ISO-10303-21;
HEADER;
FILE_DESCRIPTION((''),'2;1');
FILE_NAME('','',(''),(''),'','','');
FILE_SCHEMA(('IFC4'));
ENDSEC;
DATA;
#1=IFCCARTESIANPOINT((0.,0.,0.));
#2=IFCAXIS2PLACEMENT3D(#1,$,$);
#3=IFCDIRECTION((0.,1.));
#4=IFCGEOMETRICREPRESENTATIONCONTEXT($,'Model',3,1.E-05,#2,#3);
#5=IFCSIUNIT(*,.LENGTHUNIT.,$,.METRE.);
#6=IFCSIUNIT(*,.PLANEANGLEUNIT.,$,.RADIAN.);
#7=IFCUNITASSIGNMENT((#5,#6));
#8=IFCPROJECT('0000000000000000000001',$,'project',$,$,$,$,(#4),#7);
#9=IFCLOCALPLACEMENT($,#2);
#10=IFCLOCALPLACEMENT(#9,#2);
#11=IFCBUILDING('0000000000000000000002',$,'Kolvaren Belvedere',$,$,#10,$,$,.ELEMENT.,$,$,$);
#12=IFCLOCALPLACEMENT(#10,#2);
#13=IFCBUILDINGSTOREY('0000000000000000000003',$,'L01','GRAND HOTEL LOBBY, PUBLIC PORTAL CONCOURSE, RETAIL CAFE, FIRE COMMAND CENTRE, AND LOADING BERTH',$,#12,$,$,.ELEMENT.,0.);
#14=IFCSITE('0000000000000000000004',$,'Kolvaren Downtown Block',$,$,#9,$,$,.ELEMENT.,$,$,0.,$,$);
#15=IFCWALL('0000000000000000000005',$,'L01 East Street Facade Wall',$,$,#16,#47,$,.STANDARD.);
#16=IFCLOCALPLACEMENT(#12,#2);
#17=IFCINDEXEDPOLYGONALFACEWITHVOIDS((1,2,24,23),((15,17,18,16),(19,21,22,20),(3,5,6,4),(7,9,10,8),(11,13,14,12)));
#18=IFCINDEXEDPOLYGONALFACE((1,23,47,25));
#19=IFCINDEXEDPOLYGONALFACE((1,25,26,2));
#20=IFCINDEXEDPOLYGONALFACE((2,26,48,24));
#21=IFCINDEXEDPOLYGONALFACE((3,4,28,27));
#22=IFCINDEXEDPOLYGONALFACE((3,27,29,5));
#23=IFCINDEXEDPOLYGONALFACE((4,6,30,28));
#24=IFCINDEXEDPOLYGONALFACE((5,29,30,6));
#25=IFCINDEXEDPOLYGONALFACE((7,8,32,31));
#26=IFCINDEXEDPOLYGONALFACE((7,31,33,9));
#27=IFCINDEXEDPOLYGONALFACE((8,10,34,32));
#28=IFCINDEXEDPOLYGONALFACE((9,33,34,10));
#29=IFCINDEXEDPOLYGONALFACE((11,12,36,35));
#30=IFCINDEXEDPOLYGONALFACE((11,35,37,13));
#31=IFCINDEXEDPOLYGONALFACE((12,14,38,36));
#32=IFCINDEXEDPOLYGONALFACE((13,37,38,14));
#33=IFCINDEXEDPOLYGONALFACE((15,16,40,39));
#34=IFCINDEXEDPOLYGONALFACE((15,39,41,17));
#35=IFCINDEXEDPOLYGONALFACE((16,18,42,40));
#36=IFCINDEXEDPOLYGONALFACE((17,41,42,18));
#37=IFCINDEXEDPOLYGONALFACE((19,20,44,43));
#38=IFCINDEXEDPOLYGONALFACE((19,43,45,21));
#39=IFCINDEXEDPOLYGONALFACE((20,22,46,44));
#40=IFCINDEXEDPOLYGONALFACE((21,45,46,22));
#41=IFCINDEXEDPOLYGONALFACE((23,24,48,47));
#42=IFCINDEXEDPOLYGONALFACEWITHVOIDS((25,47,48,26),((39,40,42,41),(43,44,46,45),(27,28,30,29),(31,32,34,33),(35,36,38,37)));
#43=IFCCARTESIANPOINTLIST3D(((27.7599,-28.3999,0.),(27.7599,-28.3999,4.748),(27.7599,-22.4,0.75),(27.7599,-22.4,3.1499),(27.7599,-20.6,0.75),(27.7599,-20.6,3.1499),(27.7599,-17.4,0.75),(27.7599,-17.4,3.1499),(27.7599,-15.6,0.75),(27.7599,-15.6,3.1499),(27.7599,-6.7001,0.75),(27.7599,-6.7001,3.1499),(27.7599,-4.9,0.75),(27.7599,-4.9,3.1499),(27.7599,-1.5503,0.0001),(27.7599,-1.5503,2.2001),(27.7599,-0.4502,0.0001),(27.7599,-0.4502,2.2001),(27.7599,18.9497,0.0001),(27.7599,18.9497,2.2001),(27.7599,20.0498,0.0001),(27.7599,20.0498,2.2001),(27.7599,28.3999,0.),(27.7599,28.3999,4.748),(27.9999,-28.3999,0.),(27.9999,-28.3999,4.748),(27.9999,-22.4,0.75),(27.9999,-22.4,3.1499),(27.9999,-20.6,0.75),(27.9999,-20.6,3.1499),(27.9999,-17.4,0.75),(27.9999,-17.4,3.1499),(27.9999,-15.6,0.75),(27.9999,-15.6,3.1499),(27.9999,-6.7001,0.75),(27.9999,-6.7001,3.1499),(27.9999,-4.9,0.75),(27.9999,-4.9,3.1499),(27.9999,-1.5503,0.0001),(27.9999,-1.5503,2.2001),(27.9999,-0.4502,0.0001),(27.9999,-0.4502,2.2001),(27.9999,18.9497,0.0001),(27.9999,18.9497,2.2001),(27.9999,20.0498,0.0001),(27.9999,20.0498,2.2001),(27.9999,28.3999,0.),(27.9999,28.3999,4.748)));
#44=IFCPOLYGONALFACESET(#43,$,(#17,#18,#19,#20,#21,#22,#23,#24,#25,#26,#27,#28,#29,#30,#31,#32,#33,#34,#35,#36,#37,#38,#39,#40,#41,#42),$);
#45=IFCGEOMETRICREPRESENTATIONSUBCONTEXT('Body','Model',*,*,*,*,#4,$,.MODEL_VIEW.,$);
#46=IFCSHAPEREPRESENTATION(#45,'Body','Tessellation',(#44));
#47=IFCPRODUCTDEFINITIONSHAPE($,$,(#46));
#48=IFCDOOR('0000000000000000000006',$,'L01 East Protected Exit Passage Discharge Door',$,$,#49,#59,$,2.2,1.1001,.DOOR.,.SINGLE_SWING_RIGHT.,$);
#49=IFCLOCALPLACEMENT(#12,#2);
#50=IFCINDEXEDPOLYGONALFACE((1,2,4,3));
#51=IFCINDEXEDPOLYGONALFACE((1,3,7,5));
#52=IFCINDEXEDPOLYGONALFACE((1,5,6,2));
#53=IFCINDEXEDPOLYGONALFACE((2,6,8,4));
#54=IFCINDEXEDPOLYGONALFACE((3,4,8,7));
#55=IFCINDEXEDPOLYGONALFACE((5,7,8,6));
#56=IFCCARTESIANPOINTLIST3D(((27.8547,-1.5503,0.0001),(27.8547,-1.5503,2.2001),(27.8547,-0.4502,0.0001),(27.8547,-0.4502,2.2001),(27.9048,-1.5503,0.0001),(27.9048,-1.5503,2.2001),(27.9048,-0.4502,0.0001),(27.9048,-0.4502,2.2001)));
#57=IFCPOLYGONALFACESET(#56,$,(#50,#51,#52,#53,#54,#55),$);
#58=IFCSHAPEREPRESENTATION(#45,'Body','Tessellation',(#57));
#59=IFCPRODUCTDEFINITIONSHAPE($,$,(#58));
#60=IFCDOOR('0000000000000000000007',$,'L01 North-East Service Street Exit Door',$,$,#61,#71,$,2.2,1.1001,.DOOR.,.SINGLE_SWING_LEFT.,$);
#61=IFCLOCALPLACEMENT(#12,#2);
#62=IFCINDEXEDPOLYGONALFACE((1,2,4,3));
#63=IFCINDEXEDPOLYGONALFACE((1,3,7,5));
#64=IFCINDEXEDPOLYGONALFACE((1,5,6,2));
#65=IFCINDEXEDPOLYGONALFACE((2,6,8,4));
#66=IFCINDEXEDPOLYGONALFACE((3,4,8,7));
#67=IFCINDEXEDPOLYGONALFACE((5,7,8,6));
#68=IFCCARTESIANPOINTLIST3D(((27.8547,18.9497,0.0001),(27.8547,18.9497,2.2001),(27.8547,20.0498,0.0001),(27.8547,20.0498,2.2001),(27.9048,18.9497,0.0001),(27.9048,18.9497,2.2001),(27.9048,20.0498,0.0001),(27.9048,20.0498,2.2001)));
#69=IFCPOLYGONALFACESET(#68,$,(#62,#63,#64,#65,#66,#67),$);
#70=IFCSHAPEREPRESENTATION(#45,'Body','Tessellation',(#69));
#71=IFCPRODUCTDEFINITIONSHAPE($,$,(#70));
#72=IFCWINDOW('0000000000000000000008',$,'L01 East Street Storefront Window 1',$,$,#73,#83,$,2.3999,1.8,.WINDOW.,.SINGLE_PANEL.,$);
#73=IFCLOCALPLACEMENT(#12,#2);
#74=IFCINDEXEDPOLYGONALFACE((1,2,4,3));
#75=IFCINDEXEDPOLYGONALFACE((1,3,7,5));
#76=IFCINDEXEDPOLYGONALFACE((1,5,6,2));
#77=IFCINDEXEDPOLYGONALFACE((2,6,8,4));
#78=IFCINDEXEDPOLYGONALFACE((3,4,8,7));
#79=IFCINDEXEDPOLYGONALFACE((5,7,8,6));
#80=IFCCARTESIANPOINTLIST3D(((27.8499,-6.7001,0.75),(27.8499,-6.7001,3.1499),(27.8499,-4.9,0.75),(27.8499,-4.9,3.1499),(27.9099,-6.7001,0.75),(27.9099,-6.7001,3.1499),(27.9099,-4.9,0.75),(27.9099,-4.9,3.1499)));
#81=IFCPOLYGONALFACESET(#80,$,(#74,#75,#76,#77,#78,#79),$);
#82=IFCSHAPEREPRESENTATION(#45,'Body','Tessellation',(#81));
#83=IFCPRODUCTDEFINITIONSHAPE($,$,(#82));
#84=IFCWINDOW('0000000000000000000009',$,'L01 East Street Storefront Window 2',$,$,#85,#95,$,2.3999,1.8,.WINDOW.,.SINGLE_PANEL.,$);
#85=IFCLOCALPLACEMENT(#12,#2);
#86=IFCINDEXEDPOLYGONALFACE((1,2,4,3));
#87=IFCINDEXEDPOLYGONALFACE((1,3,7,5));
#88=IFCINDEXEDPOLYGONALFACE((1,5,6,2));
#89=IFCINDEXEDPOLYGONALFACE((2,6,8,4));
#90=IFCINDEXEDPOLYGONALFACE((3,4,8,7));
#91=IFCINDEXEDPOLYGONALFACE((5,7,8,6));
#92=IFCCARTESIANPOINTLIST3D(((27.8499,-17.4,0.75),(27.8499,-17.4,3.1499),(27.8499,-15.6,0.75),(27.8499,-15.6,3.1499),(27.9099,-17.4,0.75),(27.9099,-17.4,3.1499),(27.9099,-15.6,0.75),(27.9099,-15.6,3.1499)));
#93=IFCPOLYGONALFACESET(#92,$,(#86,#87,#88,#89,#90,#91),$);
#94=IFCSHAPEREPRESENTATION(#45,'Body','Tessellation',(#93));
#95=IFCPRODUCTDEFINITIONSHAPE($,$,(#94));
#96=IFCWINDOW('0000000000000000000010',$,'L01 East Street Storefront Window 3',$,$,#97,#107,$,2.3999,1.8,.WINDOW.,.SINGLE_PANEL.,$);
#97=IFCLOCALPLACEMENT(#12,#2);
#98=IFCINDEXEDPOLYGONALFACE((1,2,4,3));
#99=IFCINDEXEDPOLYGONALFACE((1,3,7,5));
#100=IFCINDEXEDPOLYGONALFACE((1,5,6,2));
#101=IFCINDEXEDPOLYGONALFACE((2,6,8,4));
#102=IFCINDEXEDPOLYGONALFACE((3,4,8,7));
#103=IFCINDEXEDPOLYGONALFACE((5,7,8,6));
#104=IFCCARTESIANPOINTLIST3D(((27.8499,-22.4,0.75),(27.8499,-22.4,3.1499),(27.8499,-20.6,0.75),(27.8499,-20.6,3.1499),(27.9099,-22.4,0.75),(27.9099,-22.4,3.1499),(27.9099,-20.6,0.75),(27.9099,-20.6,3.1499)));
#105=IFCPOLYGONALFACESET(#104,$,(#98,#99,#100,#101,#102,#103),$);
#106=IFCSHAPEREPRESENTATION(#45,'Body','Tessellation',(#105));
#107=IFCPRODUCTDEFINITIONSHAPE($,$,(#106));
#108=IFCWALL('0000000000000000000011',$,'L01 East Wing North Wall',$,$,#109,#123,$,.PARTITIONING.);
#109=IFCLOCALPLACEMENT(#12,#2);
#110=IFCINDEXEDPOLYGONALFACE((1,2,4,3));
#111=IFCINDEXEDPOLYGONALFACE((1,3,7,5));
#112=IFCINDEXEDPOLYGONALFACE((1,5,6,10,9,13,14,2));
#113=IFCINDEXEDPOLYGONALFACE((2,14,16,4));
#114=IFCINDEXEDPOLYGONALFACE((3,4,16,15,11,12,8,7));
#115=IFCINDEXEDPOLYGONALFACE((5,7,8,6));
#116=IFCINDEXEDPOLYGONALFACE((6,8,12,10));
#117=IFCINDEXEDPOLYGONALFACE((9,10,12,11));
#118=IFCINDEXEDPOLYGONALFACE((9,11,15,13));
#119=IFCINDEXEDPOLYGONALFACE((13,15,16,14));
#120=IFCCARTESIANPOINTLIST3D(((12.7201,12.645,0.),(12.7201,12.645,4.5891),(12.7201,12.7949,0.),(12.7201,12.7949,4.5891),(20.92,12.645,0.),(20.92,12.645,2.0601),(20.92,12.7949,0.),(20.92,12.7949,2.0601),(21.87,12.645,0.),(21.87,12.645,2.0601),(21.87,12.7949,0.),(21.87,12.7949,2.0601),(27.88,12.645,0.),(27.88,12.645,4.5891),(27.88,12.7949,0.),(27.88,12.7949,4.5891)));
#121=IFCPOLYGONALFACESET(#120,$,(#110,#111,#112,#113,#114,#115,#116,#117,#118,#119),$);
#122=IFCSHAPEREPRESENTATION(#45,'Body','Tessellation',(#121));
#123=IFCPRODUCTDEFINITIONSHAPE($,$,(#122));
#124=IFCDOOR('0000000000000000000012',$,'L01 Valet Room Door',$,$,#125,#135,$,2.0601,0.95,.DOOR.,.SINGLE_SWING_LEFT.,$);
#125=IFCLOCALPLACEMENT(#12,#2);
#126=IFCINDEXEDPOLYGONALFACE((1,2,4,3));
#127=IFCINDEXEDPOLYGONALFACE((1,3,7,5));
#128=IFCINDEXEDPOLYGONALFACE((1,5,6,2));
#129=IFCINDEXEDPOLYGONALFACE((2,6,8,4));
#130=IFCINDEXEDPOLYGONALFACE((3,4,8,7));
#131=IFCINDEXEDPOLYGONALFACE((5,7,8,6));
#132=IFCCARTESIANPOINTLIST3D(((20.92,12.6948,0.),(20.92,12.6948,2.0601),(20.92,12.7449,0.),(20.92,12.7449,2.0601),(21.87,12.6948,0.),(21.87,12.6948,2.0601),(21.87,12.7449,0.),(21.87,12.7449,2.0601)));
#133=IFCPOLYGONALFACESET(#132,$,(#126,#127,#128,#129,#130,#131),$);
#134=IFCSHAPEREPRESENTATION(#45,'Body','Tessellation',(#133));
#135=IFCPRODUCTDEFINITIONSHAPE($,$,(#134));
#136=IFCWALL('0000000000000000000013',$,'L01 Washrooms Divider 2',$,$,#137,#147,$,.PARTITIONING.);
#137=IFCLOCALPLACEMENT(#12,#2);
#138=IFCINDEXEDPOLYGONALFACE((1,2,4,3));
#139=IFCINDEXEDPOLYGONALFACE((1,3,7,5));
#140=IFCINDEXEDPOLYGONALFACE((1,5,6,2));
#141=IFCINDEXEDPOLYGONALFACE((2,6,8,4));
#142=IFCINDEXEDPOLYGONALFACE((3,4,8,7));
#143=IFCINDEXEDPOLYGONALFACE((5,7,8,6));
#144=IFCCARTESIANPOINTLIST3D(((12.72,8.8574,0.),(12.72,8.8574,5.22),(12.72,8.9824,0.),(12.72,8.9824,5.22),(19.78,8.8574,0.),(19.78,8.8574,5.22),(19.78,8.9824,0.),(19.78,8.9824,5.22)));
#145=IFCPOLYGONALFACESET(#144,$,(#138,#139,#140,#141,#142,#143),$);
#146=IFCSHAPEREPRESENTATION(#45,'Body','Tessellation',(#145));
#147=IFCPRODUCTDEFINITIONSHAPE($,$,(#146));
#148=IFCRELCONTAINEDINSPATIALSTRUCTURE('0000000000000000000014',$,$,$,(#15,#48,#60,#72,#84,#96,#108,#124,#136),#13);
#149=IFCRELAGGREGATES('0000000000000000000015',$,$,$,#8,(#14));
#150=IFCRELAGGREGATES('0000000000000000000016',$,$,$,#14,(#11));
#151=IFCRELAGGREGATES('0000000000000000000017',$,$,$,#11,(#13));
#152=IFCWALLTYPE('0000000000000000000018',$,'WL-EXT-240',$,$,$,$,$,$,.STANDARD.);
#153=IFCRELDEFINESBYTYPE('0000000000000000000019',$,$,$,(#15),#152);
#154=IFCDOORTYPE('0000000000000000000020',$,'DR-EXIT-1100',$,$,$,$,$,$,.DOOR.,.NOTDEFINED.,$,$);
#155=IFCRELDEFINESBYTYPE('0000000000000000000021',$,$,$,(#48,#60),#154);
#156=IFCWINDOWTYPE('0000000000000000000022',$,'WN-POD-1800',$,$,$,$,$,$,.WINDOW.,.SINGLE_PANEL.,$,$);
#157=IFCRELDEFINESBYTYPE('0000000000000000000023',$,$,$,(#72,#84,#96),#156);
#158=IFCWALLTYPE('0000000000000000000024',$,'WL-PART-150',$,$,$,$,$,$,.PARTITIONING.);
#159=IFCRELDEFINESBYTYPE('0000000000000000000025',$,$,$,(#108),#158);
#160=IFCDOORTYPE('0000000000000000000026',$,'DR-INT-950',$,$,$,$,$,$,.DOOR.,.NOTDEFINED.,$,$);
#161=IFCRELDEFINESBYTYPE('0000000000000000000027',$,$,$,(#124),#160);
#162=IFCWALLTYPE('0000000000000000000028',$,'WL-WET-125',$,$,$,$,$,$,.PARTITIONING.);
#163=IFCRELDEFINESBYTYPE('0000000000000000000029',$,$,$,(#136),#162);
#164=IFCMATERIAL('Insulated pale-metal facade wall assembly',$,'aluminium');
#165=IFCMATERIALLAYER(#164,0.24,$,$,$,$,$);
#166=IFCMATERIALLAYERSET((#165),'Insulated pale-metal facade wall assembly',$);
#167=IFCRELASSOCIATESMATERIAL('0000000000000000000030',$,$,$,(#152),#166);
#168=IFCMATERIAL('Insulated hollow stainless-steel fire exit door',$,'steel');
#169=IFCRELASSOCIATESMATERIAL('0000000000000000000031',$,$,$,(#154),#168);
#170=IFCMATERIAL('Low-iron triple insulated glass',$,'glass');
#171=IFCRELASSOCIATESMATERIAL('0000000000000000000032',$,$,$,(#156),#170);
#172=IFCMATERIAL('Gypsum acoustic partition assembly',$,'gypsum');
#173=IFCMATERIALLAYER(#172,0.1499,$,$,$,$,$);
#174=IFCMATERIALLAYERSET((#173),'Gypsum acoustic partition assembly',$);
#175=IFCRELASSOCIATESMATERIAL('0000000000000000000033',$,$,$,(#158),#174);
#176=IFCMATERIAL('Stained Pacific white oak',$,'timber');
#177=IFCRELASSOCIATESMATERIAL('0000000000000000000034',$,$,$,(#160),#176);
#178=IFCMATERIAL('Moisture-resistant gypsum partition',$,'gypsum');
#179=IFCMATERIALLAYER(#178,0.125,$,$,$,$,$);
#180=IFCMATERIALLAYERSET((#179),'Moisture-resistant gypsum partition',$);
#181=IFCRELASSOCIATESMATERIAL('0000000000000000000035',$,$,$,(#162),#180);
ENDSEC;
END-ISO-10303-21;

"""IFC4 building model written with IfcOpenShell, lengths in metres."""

from ifc_helpers import new_model, si_unit, direction, frame, frame_2d, origin, place, context, subcontext, project, spatial, rectangle, extrude, material, layer, layer_set, type_object, element, fill, save


model = new_model("IFC4")

# Units and contexts
model_context = context("Model", 3, precision=1e-05, world=origin(), true_north=direction((0.0, 1.0)))
body_context = subcontext(model_context, "Body", "Model", "MODEL_VIEW")
ifc_project = project(units=[si_unit("LENGTHUNIT", "METRE"), si_unit("PLANEANGLEUNIT", "RADIAN")], contexts=[model_context])

# Site, building, storey
site_placement = place(None, origin())
site = spatial("IfcSite", under=ifc_project, at=site_placement, Name="Kolvaren Downtown Block", CompositionType="ELEMENT", RefElevation=0.0)
building_placement = place(site_placement, origin())
building = spatial("IfcBuilding", under=site, at=building_placement, Name="Kolvaren Belvedere", CompositionType="ELEMENT")
storey_placement = place(building_placement, origin())
storey = spatial("IfcBuildingStorey", under=building, at=storey_placement, Name="L01", Description="GRAND HOTEL LOBBY, PUBLIC PORTAL CONCOURSE, RETAIL CAFE, FIRE COMMAND CENTRE, AND LOADING BERTH", CompositionType="ELEMENT", Elevation=0.0)

# Wall, openings, doors, windows
ifc_material_1 = material(Name="Insulated pale-metal facade wall assembly", Category="aluminium")
ifc_layer_1 = layer(ifc_material_1, 0.24)
ifc_layer_set_1 = layer_set([ifc_layer_1], Name="Insulated pale-metal facade wall assembly")
wall_type_1 = type_object("IfcWallType", Name="WL-EXT-240", PredefinedType="STANDARD", material=ifc_layer_set_1)
wall_1_placement = place(storey_placement, frame((27.8799, 28.3999, 0.0), z_axis=(0.0, 0.0, 1.0), x_axis=(0.0, -1.0, 0.0)))
wall_1 = element("IfcWall", 1, at=wall_1_placement, inside=storey, type_object=wall_type_1, Name="L01 East Street Facade Wall", PredefinedType="STANDARD", context=body_context, shape_type="SweptSolid", body=[
    extrude(rectangle(XDim=56.7998, YDim=0.24, at=frame_2d((28.3999, 0.0))), origin(), (0.0, 0.0, 1.0), 4.748),
])
opening_1_placement = place(wall_1_placement, frame((28.8501, 0.0, 0.0)))
opening_1 = element("IfcOpeningElement", 2, at=opening_1_placement, cuts=wall_1, PredefinedType="OPENING", context=body_context, shape_type="SweptSolid", body=[
    extrude(rectangle(XDim=1.1001, YDim=2.2, at=frame_2d((0.55, 1.1001))), frame((0.0, 0.1299, 0.0), z_axis=(0.0, -1.0, 0.0), x_axis=(1.0, 0.0, 0.0)), (0.0, 0.0, 1.0), 0.26),
])
opening_2_placement = place(wall_1_placement, frame((8.3501, 0.0, 0.0)))
opening_2 = element("IfcOpeningElement", 3, at=opening_2_placement, cuts=wall_1, PredefinedType="OPENING", context=body_context, shape_type="SweptSolid", body=[
    extrude(rectangle(XDim=1.1001, YDim=2.2, at=frame_2d((0.55, 1.1001))), frame((0.0, 0.1299, 0.0), z_axis=(0.0, -1.0, 0.0), x_axis=(1.0, 0.0, 0.0)), (0.0, 0.0, 1.0), 0.26),
])
opening_3_placement = place(wall_1_placement, frame((33.3, 0.0, 0.75)))
opening_3 = element("IfcOpeningElement", 4, at=opening_3_placement, cuts=wall_1, PredefinedType="OPENING", context=body_context, shape_type="SweptSolid", body=[
    extrude(rectangle(XDim=1.8, YDim=2.3999, at=frame_2d((0.8999, 1.2))), frame((0.0, 0.1299, 0.0), z_axis=(0.0, -1.0, 0.0), x_axis=(1.0, 0.0, 0.0)), (0.0, 0.0, 1.0), 0.26),
])
opening_4_placement = place(wall_1_placement, frame((44.0, 0.0, 0.75)))
opening_4 = element("IfcOpeningElement", 5, at=opening_4_placement, cuts=wall_1, PredefinedType="OPENING", context=body_context, shape_type="SweptSolid", body=[
    extrude(rectangle(XDim=1.8, YDim=2.3999, at=frame_2d((0.8999, 1.2))), frame((0.0, 0.1299, 0.0), z_axis=(0.0, -1.0, 0.0), x_axis=(1.0, 0.0, 0.0)), (0.0, 0.0, 1.0), 0.26),
])
opening_5_placement = place(wall_1_placement, frame((49.0, 0.0, 0.75)))
opening_5 = element("IfcOpeningElement", 6, at=opening_5_placement, cuts=wall_1, PredefinedType="OPENING", context=body_context, shape_type="SweptSolid", body=[
    extrude(rectangle(XDim=1.8, YDim=2.3999, at=frame_2d((0.8999, 1.2))), frame((0.0, 0.1299, 0.0), z_axis=(0.0, -1.0, 0.0), x_axis=(1.0, 0.0, 0.0)), (0.0, 0.0, 1.0), 0.26),
])
ifc_material_2 = material(Name="Insulated hollow stainless-steel fire exit door", Category="steel")
door_type_1 = type_object("IfcDoorType", Name="DR-EXIT-1100", OperationType="NOTDEFINED", PredefinedType="DOOR", material=ifc_material_2)
door_1_placement = place(opening_1_placement, origin())
door_1 = element("IfcDoor", 7, at=door_1_placement, inside=storey, type_object=door_type_1, Name="L01 East Protected Exit Passage Discharge Door", OperationType="SINGLE_SWING_RIGHT", OverallHeight=2.2, OverallWidth=1.1001, PredefinedType="DOOR", context=body_context, shape_type="SweptSolid", body=[
    extrude(rectangle(XDim=1.1001, YDim=2.2, at=frame_2d((0.55, 1.1001))), frame((0.0, 0.0249, 0.0), z_axis=(0.0, -1.0, 0.0), x_axis=(1.0, 0.0, 0.0)), (0.0, 0.0, 1.0), 0.05),
])
fill(opening_1, door_1)
door_2_placement = place(opening_2_placement, origin())
door_2 = element("IfcDoor", 8, at=door_2_placement, inside=storey, type_object=door_type_1, Name="L01 North-East Service Street Exit Door", OperationType="SINGLE_SWING_LEFT", OverallHeight=2.2, OverallWidth=1.1001, PredefinedType="DOOR", context=body_context, shape_type="SweptSolid", body=[
    extrude(rectangle(XDim=1.1001, YDim=2.2, at=frame_2d((0.55, 1.1001))), frame((0.0, 0.0249, 0.0), z_axis=(0.0, -1.0, 0.0), x_axis=(1.0, 0.0, 0.0)), (0.0, 0.0, 1.0), 0.05),
])
fill(opening_2, door_2)
ifc_material_3 = material(Name="Low-iron triple insulated glass", Category="glass")
window_type = type_object("IfcWindowType", Name="WN-POD-1800", PartitioningType="SINGLE_PANEL", PredefinedType="WINDOW", material=ifc_material_3)
window_1_placement = place(opening_3_placement, origin())
window_1 = element("IfcWindow", 9, at=window_1_placement, inside=storey, type_object=window_type, Name="L01 East Street Storefront Window 1", OverallHeight=2.3999, OverallWidth=1.8, PartitioningType="SINGLE_PANEL", PredefinedType="WINDOW", context=body_context, shape_type="SweptSolid", body=[
    extrude(rectangle(XDim=1.8, YDim=2.3999, at=frame_2d((0.8999, 1.2))), frame((0.0, 0.03, 0.0), z_axis=(0.0, -1.0, 0.0), x_axis=(1.0, 0.0, 0.0)), (0.0, 0.0, 1.0), 0.0601),
])
fill(opening_3, window_1)
window_2_placement = place(opening_4_placement, origin())
window_2 = element("IfcWindow", 10, at=window_2_placement, inside=storey, type_object=window_type, Name="L01 East Street Storefront Window 2", OverallHeight=2.3999, OverallWidth=1.8, PartitioningType="SINGLE_PANEL", PredefinedType="WINDOW", context=body_context, shape_type="SweptSolid", body=[
    extrude(rectangle(XDim=1.8, YDim=2.3999, at=frame_2d((0.8999, 1.2))), frame((0.0, 0.03, 0.0), z_axis=(0.0, -1.0, 0.0), x_axis=(1.0, 0.0, 0.0)), (0.0, 0.0, 1.0), 0.0601),
])
fill(opening_4, window_2)
window_3_placement = place(opening_5_placement, origin())
window_3 = element("IfcWindow", 11, at=window_3_placement, inside=storey, type_object=window_type, Name="L01 East Street Storefront Window 3", OverallHeight=2.3999, OverallWidth=1.8, PartitioningType="SINGLE_PANEL", PredefinedType="WINDOW", context=body_context, shape_type="SweptSolid", body=[
    extrude(rectangle(XDim=1.8, YDim=2.3999, at=frame_2d((0.8999, 1.2))), frame((0.0, 0.03, 0.0), z_axis=(0.0, -1.0, 0.0), x_axis=(1.0, 0.0, 0.0)), (0.0, 0.0, 1.0), 0.0601),
])
fill(opening_5, window_3)

# Wall, opening, door
ifc_material_4 = material(Name="Gypsum acoustic partition assembly", Category="gypsum")
ifc_layer_2 = layer(ifc_material_4, 0.1499)
ifc_layer_set_2 = layer_set([ifc_layer_2], Name="Gypsum acoustic partition assembly")
wall_type_2 = type_object("IfcWallType", Name="WL-PART-150", PredefinedType="PARTITIONING", material=ifc_layer_set_2)
wall_2_placement = place(storey_placement, frame((12.72, 12.72, 0.0), z_axis=(0.0, 0.0, 1.0), x_axis=(1.0, 0.0, 0.0)))
wall_2 = element("IfcWall", 12, at=wall_2_placement, inside=storey, type_object=wall_type_2, Name="L01 East Wing North Wall", PredefinedType="PARTITIONING", context=body_context, shape_type="SweptSolid", body=[
    extrude(rectangle(XDim=15.1599, YDim=0.1499, at=frame_2d((7.5801, 0.0))), origin(), (0.0, 0.0, 1.0), 4.5891),
])
opening_6_placement = place(wall_2_placement, frame((8.2, 0.0, 0.0)))
opening_6 = element("IfcOpeningElement", 13, at=opening_6_placement, cuts=wall_2, PredefinedType="OPENING", context=body_context, shape_type="SweptSolid", body=[
    extrude(rectangle(XDim=0.95, YDim=2.0601, at=frame_2d((0.4751, 1.03))), frame((0.0, 0.085, 0.0), z_axis=(0.0, -1.0, 0.0), x_axis=(1.0, 0.0, 0.0)), (0.0, 0.0, 1.0), 0.1699),
])
ifc_material_5 = material(Name="Stained Pacific white oak", Category="timber")
door_type_2 = type_object("IfcDoorType", Name="DR-INT-950", OperationType="NOTDEFINED", PredefinedType="DOOR", material=ifc_material_5)
door_3_placement = place(opening_6_placement, origin())
door_3 = element("IfcDoor", 14, at=door_3_placement, inside=storey, type_object=door_type_2, Name="L01 Valet Room Door", OperationType="SINGLE_SWING_LEFT", OverallHeight=2.0601, OverallWidth=0.95, PredefinedType="DOOR", context=body_context, shape_type="SweptSolid", body=[
    extrude(rectangle(XDim=0.95, YDim=2.0601, at=frame_2d((0.4751, 1.03))), frame((0.0, 0.0249, 0.0), z_axis=(0.0, -1.0, 0.0), x_axis=(1.0, 0.0, 0.0)), (0.0, 0.0, 1.0), 0.05),
])
fill(opening_6, door_3)

# Wall
ifc_material_6 = material(Name="Moisture-resistant gypsum partition", Category="gypsum")
ifc_layer_3 = layer(ifc_material_6, 0.125)
ifc_layer_set_3 = layer_set([ifc_layer_3], Name="Moisture-resistant gypsum partition")
wall_type_3 = type_object("IfcWallType", Name="WL-WET-125", PredefinedType="PARTITIONING", material=ifc_layer_set_3)
wall_3_placement = place(storey_placement, frame((12.72, 8.9199, 0.0), z_axis=(0.0, 0.0, 1.0), x_axis=(1.0, 0.0, 0.0)))
element("IfcWall", 15, at=wall_3_placement, inside=storey, type_object=wall_type_3, Name="L01 Washrooms Divider 2", PredefinedType="PARTITIONING", context=body_context, shape_type="SweptSolid", body=[
    extrude(rectangle(XDim=7.0601, YDim=0.125, at=frame_2d((3.53, 0.0))), origin(), (0.0, 0.0, 1.0), 5.22),
])

save(model, "model.ifc")
